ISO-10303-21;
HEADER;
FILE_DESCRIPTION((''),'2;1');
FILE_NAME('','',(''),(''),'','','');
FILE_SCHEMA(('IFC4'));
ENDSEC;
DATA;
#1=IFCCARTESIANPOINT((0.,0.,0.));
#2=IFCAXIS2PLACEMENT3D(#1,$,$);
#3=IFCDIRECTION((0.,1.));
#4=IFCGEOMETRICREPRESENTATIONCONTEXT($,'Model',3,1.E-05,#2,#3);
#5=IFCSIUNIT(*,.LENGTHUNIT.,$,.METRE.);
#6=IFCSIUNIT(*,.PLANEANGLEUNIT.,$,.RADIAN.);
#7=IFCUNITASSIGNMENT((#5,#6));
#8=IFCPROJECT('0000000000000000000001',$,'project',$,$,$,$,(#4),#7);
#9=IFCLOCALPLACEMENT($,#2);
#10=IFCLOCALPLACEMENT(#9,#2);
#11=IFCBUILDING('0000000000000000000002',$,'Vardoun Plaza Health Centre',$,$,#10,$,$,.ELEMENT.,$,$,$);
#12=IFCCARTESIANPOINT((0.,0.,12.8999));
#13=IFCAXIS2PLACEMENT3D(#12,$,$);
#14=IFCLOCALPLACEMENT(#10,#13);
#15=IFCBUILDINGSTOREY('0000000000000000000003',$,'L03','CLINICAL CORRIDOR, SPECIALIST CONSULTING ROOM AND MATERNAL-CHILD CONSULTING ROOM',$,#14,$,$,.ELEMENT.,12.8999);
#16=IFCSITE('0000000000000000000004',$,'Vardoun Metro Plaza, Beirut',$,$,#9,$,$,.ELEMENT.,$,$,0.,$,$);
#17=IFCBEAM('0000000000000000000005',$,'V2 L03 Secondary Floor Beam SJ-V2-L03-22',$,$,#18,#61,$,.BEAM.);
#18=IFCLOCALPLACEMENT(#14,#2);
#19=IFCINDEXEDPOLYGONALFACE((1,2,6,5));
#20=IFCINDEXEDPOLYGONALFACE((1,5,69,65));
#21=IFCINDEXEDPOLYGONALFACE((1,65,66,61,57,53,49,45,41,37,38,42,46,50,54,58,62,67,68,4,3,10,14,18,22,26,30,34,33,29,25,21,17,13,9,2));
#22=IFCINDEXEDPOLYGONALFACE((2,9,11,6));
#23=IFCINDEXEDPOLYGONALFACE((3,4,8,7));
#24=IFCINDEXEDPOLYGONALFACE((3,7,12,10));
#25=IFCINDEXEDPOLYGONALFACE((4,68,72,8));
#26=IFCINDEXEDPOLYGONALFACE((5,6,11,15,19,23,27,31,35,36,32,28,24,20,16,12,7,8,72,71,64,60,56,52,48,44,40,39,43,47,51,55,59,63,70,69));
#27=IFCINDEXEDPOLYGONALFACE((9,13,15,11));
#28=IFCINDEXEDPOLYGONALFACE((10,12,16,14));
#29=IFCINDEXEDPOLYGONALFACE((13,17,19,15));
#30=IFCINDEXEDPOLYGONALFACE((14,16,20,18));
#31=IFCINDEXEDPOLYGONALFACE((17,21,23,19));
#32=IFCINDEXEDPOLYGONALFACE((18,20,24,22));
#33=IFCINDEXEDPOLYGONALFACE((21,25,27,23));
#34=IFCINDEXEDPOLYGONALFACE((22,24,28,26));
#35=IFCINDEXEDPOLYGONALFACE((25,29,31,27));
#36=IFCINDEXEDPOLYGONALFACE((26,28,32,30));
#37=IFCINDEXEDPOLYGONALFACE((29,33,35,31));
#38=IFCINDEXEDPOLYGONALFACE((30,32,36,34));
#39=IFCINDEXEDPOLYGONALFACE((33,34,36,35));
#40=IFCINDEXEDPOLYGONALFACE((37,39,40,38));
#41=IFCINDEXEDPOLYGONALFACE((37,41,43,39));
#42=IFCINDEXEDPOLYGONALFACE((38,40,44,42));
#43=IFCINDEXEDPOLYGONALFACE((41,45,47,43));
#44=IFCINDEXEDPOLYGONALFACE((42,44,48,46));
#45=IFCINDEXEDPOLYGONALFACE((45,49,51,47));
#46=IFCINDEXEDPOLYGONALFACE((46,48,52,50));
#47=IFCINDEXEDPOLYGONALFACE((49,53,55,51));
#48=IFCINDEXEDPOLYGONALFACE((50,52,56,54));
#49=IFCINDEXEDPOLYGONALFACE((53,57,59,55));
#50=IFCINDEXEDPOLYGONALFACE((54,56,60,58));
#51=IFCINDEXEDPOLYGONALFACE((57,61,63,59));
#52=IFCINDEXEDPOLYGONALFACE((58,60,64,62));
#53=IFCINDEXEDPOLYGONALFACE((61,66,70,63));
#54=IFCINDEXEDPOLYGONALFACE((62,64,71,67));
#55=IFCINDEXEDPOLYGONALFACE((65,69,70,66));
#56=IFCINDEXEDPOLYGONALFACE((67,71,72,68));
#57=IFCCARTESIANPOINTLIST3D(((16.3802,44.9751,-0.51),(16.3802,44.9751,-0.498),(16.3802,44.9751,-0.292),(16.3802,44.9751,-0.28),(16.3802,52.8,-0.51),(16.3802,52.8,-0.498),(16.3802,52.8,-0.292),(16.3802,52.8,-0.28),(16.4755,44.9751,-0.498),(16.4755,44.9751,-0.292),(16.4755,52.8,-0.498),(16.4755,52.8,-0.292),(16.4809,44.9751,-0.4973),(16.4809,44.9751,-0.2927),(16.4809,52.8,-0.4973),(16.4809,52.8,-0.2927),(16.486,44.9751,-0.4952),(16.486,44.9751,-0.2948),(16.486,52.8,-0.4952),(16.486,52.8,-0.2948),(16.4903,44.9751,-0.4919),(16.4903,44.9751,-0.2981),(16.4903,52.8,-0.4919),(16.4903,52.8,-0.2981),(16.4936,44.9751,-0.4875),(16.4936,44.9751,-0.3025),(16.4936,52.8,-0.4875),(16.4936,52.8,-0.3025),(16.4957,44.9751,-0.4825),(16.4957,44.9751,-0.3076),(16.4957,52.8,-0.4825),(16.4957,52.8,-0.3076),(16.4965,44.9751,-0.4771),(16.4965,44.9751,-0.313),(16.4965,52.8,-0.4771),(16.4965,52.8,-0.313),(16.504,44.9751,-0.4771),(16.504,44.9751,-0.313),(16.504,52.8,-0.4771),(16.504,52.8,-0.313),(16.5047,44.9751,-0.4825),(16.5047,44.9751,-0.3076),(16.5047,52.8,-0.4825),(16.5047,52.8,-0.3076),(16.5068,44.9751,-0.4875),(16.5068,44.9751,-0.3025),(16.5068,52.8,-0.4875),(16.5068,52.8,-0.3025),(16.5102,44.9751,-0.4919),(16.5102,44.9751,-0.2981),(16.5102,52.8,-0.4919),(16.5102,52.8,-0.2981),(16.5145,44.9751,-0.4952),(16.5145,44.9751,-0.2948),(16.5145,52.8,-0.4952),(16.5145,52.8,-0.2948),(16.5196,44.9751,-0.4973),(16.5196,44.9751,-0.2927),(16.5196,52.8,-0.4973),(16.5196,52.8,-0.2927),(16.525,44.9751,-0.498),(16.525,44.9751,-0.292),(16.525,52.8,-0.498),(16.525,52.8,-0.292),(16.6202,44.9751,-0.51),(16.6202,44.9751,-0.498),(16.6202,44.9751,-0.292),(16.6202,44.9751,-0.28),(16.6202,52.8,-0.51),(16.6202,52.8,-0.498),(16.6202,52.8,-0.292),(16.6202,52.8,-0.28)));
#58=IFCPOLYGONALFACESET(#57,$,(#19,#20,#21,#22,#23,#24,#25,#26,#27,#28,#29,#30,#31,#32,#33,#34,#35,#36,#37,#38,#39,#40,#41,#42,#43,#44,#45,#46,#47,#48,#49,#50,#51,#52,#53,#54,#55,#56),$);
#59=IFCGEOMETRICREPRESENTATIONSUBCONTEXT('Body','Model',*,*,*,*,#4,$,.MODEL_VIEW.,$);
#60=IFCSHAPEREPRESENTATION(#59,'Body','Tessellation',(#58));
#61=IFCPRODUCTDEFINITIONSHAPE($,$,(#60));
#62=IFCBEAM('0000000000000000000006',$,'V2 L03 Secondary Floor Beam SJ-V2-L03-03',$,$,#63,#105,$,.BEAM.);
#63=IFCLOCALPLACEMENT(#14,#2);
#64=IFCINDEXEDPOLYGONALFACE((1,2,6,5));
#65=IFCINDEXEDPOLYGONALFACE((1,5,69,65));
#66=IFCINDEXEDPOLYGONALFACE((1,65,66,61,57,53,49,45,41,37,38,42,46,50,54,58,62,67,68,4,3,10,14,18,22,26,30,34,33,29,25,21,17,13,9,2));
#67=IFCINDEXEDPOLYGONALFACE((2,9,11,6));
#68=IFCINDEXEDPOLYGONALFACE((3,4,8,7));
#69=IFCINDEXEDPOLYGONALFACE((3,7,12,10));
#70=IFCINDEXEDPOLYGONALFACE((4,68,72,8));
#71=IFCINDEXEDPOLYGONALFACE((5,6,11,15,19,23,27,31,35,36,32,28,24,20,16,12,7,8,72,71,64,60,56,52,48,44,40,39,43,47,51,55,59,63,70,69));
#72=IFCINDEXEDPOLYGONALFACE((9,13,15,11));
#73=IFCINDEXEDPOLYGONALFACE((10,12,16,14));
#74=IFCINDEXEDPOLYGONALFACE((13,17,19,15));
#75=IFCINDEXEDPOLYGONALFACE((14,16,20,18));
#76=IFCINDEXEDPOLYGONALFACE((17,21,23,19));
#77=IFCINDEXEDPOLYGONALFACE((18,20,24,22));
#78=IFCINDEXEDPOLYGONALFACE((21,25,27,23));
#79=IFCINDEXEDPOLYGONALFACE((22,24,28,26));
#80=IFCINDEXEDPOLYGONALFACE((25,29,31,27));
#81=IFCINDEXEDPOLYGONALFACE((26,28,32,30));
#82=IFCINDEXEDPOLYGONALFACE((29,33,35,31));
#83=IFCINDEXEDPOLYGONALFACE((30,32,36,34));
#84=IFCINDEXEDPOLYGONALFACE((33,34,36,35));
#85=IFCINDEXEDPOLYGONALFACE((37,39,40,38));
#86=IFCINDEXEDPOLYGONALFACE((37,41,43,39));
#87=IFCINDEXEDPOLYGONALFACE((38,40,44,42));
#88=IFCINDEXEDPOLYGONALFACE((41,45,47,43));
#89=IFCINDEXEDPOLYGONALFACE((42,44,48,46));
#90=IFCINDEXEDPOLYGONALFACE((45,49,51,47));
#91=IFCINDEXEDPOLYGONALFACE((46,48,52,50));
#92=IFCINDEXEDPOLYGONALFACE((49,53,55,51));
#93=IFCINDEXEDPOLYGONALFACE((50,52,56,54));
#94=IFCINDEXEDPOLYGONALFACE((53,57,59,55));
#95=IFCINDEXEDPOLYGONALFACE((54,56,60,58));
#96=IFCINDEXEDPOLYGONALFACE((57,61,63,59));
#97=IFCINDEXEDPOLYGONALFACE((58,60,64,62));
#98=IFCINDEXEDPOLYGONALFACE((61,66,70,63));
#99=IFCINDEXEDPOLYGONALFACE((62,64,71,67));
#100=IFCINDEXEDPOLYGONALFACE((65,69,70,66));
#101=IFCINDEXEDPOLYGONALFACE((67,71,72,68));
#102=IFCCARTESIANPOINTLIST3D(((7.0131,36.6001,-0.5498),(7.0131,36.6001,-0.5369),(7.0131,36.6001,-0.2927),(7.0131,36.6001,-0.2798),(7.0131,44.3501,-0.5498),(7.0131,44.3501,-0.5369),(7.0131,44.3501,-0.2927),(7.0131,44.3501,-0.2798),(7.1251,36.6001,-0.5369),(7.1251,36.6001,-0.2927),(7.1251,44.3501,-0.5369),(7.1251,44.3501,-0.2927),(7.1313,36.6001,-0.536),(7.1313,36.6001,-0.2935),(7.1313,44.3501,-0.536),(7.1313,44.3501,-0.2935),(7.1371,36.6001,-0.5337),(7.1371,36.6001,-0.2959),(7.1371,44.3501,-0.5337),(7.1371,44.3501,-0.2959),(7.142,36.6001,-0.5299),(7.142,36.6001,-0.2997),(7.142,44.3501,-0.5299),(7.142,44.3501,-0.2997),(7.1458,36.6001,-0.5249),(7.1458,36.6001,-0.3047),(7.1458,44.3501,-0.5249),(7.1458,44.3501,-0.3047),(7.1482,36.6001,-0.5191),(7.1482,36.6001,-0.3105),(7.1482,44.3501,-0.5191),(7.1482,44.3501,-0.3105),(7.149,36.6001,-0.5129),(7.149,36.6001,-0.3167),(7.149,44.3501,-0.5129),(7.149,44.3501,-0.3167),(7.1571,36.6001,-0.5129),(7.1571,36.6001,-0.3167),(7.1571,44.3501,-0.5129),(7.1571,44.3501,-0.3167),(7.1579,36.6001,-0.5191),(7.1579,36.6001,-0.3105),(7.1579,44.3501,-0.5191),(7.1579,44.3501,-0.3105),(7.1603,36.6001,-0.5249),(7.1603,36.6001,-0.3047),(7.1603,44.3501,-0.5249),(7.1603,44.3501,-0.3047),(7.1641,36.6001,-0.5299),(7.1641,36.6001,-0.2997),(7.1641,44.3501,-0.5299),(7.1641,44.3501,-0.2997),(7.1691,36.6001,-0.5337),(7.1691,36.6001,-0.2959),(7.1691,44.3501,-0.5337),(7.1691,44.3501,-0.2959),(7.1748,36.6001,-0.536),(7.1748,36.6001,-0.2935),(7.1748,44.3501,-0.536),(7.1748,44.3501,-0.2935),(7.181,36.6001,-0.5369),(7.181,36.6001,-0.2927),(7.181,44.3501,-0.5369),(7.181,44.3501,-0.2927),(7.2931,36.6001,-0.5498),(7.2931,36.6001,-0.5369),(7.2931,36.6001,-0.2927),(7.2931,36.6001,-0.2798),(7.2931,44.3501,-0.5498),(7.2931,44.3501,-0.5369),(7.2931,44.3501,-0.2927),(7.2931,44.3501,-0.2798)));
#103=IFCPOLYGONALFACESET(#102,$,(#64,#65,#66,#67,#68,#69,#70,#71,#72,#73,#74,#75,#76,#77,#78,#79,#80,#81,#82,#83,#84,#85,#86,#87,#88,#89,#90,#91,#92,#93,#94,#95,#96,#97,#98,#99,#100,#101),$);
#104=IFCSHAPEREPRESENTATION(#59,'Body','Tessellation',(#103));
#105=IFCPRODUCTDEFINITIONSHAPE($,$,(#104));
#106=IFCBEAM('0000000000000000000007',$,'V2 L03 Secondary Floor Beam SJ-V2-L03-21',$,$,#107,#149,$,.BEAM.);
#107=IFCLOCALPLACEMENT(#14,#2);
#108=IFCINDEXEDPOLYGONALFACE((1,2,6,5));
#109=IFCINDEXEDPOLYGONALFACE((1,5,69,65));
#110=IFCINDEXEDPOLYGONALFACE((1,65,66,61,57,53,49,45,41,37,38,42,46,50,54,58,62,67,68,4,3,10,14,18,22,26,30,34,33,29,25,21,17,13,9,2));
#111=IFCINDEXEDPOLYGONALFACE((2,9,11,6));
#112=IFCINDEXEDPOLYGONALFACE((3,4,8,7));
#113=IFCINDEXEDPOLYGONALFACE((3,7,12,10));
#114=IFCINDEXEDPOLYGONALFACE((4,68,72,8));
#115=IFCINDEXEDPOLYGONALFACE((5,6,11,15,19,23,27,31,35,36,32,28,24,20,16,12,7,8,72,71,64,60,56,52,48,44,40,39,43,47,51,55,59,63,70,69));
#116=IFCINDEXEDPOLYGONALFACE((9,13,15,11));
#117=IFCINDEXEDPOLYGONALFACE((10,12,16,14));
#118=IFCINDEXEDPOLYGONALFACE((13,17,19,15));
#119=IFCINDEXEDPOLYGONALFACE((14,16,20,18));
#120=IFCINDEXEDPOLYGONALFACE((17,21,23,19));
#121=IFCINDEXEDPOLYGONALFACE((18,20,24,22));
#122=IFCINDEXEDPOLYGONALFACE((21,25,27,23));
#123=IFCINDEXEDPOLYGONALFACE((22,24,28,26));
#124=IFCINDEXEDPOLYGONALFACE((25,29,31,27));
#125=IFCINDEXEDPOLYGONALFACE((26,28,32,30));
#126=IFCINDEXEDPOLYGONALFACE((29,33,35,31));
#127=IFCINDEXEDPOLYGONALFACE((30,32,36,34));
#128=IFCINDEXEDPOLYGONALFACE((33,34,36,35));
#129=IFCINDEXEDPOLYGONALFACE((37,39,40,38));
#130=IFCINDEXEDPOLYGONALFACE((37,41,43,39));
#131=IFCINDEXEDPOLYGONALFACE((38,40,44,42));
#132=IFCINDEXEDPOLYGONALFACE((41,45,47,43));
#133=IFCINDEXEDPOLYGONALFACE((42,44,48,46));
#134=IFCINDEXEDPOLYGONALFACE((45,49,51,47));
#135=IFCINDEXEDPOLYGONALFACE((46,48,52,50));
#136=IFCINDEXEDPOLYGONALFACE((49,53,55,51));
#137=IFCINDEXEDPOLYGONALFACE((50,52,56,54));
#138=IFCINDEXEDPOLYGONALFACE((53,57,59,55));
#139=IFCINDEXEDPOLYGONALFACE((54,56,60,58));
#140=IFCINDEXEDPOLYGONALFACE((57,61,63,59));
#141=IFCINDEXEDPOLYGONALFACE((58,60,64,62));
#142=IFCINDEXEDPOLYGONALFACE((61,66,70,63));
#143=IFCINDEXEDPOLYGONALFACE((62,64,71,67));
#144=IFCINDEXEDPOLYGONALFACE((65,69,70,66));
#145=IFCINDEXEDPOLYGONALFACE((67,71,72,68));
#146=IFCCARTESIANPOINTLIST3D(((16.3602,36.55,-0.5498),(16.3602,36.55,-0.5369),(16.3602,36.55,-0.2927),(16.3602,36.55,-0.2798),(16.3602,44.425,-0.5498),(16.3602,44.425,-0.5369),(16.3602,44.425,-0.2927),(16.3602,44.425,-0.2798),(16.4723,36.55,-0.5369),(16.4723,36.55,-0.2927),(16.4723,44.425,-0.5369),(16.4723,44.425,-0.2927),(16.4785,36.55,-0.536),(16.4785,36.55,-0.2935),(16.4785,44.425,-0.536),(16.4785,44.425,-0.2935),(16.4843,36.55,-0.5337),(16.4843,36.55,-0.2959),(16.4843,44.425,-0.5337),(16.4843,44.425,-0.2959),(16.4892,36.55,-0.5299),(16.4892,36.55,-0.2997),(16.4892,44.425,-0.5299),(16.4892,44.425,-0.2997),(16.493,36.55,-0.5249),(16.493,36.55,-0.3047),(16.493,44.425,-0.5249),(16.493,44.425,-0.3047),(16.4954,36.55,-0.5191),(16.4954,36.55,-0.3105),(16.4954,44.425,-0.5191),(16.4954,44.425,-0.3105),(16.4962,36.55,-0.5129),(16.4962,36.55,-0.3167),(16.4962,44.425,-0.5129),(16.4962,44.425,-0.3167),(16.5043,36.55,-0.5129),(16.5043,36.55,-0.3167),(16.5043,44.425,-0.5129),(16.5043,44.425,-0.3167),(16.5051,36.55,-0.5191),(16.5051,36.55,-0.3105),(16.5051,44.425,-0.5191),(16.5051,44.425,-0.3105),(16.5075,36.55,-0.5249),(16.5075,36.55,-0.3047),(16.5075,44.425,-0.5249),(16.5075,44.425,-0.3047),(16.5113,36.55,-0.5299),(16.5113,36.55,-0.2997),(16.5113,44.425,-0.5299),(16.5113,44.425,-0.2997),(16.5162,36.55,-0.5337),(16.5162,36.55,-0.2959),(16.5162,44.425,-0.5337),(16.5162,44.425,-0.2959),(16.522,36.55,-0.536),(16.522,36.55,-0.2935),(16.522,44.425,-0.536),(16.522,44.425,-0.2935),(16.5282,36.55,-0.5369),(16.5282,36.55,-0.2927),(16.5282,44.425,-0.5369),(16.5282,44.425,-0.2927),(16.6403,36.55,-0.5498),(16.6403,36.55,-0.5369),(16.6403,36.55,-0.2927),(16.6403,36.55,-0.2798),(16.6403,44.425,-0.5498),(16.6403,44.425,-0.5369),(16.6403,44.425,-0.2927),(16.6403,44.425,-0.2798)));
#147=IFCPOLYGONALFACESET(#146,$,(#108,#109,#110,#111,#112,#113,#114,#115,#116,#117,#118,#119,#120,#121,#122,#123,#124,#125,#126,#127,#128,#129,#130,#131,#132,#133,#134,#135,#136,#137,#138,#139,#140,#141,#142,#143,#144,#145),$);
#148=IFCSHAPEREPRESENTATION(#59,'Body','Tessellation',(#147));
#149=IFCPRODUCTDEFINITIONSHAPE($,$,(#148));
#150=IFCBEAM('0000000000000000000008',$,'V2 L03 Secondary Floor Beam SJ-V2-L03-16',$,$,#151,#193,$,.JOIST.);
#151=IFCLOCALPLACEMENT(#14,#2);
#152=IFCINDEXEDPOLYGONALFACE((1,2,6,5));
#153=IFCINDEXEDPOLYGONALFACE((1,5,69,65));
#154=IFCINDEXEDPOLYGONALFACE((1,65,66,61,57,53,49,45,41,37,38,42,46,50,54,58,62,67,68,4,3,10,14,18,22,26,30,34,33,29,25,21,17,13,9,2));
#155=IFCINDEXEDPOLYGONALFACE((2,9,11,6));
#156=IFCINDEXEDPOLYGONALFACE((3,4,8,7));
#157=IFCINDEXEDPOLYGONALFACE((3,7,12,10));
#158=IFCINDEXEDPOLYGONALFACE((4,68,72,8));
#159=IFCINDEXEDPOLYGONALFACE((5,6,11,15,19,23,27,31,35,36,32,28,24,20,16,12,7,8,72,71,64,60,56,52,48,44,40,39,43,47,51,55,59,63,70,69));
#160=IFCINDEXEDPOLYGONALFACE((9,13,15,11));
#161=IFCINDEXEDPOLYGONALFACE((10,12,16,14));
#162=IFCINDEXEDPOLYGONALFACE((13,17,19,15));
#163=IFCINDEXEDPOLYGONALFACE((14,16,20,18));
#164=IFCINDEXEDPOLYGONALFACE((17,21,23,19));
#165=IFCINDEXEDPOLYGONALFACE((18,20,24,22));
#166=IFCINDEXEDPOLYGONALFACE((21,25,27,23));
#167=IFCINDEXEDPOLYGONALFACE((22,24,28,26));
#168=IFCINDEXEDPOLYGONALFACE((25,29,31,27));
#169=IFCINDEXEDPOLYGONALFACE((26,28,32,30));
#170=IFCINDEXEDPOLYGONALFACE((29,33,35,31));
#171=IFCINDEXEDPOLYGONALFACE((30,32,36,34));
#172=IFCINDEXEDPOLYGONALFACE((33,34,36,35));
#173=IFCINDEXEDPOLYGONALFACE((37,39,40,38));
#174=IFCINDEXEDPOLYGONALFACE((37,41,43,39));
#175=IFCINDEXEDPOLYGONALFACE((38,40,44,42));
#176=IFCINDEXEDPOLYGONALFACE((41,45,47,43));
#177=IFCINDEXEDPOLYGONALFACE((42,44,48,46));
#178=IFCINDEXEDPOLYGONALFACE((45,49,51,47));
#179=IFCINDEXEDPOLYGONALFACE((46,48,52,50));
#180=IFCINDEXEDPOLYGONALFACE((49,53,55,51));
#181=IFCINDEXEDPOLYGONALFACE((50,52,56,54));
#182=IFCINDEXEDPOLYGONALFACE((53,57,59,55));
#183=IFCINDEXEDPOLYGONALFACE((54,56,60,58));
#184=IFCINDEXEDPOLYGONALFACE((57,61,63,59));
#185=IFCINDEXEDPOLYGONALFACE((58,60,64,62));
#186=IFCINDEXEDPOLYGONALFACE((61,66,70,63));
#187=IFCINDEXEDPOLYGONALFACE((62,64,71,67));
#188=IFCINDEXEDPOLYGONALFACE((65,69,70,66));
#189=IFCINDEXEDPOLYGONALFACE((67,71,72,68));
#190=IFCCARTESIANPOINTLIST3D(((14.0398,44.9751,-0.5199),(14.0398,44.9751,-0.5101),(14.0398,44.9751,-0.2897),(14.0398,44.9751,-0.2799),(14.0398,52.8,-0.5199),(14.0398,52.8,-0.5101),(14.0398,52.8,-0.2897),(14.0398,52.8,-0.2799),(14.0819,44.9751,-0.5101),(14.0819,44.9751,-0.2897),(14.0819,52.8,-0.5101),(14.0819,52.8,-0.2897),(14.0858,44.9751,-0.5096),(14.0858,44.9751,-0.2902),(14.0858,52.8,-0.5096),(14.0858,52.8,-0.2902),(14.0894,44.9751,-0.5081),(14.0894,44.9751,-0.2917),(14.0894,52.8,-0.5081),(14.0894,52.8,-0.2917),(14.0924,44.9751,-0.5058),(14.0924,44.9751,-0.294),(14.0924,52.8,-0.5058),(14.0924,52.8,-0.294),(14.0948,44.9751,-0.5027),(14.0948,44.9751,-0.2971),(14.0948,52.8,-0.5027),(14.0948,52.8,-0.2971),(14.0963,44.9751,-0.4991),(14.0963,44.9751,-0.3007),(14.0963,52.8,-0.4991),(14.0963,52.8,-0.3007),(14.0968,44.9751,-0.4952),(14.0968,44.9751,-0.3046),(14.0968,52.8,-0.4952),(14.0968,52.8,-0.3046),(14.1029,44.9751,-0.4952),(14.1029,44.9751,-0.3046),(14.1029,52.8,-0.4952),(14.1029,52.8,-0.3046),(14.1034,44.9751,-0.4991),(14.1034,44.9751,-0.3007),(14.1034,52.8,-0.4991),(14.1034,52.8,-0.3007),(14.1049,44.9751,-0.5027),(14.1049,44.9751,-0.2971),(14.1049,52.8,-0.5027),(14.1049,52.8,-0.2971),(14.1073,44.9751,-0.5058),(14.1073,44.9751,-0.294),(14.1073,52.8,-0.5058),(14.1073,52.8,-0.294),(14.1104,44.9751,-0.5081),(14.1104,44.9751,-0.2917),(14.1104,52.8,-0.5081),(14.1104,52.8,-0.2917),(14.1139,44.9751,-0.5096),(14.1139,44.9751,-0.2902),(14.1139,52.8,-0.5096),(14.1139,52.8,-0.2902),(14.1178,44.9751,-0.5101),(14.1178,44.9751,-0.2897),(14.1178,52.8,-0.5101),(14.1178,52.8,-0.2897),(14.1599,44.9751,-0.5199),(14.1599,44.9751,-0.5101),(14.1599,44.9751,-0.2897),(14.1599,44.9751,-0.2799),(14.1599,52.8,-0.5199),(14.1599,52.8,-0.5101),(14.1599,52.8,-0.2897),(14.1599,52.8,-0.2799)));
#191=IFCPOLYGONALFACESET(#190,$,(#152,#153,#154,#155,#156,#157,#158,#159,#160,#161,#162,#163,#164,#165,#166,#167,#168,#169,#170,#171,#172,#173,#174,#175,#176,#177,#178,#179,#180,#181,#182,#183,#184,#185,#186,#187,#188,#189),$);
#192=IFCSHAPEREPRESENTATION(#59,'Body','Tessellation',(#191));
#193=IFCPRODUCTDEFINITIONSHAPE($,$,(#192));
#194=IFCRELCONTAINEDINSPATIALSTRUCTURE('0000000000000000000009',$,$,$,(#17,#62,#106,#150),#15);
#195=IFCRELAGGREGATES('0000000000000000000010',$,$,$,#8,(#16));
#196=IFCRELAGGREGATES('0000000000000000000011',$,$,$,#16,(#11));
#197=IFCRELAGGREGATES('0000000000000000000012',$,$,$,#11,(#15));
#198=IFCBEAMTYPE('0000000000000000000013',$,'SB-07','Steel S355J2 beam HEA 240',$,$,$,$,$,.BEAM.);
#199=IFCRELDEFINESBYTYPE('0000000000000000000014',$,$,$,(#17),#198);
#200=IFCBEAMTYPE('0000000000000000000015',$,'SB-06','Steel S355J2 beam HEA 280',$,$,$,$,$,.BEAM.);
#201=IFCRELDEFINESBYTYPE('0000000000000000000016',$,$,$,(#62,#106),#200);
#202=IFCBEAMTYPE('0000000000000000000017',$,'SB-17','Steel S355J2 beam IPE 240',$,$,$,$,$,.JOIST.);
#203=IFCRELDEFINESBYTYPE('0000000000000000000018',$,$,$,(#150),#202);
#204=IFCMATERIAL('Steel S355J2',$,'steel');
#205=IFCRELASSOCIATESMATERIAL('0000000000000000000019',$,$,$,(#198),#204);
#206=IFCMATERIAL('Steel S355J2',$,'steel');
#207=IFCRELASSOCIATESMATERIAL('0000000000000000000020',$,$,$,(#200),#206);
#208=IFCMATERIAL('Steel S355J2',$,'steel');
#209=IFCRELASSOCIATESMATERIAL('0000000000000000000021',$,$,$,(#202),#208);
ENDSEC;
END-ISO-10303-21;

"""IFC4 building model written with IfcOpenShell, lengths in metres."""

from ifc_helpers import new_model, si_unit, direction, frame, origin, origin_2d, place, context, subcontext, project, spatial, i_section, extrude, material, material_profile, profile_set, type_object, element, save


model = new_model("IFC4")

# Units and contexts
model_context = context("Model", 3, precision=1e-05, world=origin(), true_north=direction((0.0, 1.0)))
body_context = subcontext(model_context, "Body", "Model", "MODEL_VIEW")
ifc_project = project(units=[si_unit("LENGTHUNIT", "METRE"), si_unit("PLANEANGLEUNIT", "RADIAN")], contexts=[model_context])

# Site, building, storey
site_placement = place(None, origin())
site = spatial("IfcSite", under=ifc_project, at=site_placement, Name="Vardoun Metro Plaza, Beirut", CompositionType="ELEMENT", RefElevation=0.0)
building_placement = place(site_placement, origin())
building = spatial("IfcBuilding", under=site, at=building_placement, Name="Vardoun Plaza Health Centre", CompositionType="ELEMENT")
storey_placement = place(building_placement, frame((0.0, 0.0, 12.8999)))
storey = spatial("IfcBuildingStorey", under=building, at=storey_placement, Name="L03", Description="CLINICAL CORRIDOR, SPECIALIST CONSULTING ROOM AND MATERNAL-CHILD CONSULTING ROOM", CompositionType="ELEMENT", Elevation=12.8999)

# Beams
ifc_material_1 = material(Name="Steel S355J2", Category="steel")
ifc_material_profile_1 = material_profile(ifc_material_1, i_section(OverallWidth=0.24, OverallDepth=0.23, WebThickness=0.0076, FlangeThickness=0.012, FilletRadius=0.021, at=origin_2d()), Name="HEA 240")
ifc_profile_set_1 = profile_set([ifc_material_profile_1], Name="Steel S355J2")
beam_type_1 = type_object("IfcBeamType", Name="SB-07", Description="Steel S355J2 beam HEA 240", PredefinedType="BEAM", material=ifc_profile_set_1)
beam_1_placement = place(storey_placement, frame((16.5002, 44.9751, -0.395), z_axis=(0.0, 1.0, 0.0), x_axis=(-1.0, 0.0, 0.0)))
element("IfcBeam", 1, at=beam_1_placement, inside=storey, type_object=beam_type_1, Name="V2 L03 Secondary Floor Beam SJ-V2-L03-22", PredefinedType="BEAM", context=body_context, shape_type="SweptSolid", body=[
    extrude(i_section(OverallWidth=0.24, OverallDepth=0.23, WebThickness=0.0076, FlangeThickness=0.012, FilletRadius=0.021, at=origin_2d()), origin(), (0.0, 0.0, 1.0), 7.825),
])
ifc_material_2 = material(Name="Steel S355J2", Category="steel")
ifc_material_profile_2 = material_profile(ifc_material_2, i_section(OverallWidth=0.28, OverallDepth=0.27, WebThickness=0.0081, FlangeThickness=0.0129, FilletRadius=0.0239, at=origin_2d()), Name="HEA 280")
ifc_profile_set_2 = profile_set([ifc_material_profile_2], Name="Steel S355J2")
beam_type_2 = type_object("IfcBeamType", Name="SB-06", Description="Steel S355J2 beam HEA 280", PredefinedType="BEAM", material=ifc_profile_set_2)
beam_2_placement = place(storey_placement, frame((7.1531, 36.6001, -0.4148), z_axis=(0.0, 1.0, 0.0), x_axis=(-1.0, 0.0, 0.0)))
element("IfcBeam", 2, at=beam_2_placement, inside=storey, type_object=beam_type_2, Name="V2 L03 Secondary Floor Beam SJ-V2-L03-03", PredefinedType="BEAM", context=body_context, shape_type="SweptSolid", body=[
    extrude(i_section(OverallWidth=0.28, OverallDepth=0.27, WebThickness=0.0081, FlangeThickness=0.0129, FilletRadius=0.0239, at=origin_2d()), origin(), (0.0, 0.0, 1.0), 7.75),
])
beam_3_placement = place(storey_placement, frame((16.5002, 36.55, -0.4148), z_axis=(0.0, 1.0, 0.0), x_axis=(-1.0, 0.0, 0.0)))
element("IfcBeam", 3, at=beam_3_placement, inside=storey, type_object=beam_type_2, Name="V2 L03 Secondary Floor Beam SJ-V2-L03-21", PredefinedType="BEAM", context=body_context, shape_type="SweptSolid", body=[
    extrude(i_section(OverallWidth=0.28, OverallDepth=0.27, WebThickness=0.0081, FlangeThickness=0.0129, FilletRadius=0.0239, at=origin_2d()), origin(), (0.0, 0.0, 1.0), 7.875),
])
ifc_material_3 = material(Name="Steel S355J2", Category="steel")
ifc_material_profile_3 = material_profile(ifc_material_3, i_section(OverallWidth=0.1201, OverallDepth=0.24, WebThickness=0.0061, FlangeThickness=0.0098, FilletRadius=0.0149, at=origin_2d()), Name="IPE 240")
ifc_profile_set_3 = profile_set([ifc_material_profile_3], Name="Steel S355J2")
beam_type_3 = type_object("IfcBeamType", Name="SB-17", Description="Steel S355J2 beam IPE 240", PredefinedType="JOIST", material=ifc_profile_set_3)
beam_4_placement = place(storey_placement, frame((14.0999, 44.9751, -0.3999), z_axis=(0.0, 1.0, 0.0), x_axis=(-1.0, 0.0, 0.0)))
element("IfcBeam", 4, at=beam_4_placement, inside=storey, type_object=beam_type_3, Name="V2 L03 Secondary Floor Beam SJ-V2-L03-16", PredefinedType="JOIST", context=body_context, shape_type="SweptSolid", body=[
    extrude(i_section(OverallWidth=0.1201, OverallDepth=0.24, WebThickness=0.0061, FlangeThickness=0.0098, FilletRadius=0.0149, at=origin_2d()), origin(), (0.0, 0.0, 1.0), 7.825),
])

save(model, "model.ifc")
